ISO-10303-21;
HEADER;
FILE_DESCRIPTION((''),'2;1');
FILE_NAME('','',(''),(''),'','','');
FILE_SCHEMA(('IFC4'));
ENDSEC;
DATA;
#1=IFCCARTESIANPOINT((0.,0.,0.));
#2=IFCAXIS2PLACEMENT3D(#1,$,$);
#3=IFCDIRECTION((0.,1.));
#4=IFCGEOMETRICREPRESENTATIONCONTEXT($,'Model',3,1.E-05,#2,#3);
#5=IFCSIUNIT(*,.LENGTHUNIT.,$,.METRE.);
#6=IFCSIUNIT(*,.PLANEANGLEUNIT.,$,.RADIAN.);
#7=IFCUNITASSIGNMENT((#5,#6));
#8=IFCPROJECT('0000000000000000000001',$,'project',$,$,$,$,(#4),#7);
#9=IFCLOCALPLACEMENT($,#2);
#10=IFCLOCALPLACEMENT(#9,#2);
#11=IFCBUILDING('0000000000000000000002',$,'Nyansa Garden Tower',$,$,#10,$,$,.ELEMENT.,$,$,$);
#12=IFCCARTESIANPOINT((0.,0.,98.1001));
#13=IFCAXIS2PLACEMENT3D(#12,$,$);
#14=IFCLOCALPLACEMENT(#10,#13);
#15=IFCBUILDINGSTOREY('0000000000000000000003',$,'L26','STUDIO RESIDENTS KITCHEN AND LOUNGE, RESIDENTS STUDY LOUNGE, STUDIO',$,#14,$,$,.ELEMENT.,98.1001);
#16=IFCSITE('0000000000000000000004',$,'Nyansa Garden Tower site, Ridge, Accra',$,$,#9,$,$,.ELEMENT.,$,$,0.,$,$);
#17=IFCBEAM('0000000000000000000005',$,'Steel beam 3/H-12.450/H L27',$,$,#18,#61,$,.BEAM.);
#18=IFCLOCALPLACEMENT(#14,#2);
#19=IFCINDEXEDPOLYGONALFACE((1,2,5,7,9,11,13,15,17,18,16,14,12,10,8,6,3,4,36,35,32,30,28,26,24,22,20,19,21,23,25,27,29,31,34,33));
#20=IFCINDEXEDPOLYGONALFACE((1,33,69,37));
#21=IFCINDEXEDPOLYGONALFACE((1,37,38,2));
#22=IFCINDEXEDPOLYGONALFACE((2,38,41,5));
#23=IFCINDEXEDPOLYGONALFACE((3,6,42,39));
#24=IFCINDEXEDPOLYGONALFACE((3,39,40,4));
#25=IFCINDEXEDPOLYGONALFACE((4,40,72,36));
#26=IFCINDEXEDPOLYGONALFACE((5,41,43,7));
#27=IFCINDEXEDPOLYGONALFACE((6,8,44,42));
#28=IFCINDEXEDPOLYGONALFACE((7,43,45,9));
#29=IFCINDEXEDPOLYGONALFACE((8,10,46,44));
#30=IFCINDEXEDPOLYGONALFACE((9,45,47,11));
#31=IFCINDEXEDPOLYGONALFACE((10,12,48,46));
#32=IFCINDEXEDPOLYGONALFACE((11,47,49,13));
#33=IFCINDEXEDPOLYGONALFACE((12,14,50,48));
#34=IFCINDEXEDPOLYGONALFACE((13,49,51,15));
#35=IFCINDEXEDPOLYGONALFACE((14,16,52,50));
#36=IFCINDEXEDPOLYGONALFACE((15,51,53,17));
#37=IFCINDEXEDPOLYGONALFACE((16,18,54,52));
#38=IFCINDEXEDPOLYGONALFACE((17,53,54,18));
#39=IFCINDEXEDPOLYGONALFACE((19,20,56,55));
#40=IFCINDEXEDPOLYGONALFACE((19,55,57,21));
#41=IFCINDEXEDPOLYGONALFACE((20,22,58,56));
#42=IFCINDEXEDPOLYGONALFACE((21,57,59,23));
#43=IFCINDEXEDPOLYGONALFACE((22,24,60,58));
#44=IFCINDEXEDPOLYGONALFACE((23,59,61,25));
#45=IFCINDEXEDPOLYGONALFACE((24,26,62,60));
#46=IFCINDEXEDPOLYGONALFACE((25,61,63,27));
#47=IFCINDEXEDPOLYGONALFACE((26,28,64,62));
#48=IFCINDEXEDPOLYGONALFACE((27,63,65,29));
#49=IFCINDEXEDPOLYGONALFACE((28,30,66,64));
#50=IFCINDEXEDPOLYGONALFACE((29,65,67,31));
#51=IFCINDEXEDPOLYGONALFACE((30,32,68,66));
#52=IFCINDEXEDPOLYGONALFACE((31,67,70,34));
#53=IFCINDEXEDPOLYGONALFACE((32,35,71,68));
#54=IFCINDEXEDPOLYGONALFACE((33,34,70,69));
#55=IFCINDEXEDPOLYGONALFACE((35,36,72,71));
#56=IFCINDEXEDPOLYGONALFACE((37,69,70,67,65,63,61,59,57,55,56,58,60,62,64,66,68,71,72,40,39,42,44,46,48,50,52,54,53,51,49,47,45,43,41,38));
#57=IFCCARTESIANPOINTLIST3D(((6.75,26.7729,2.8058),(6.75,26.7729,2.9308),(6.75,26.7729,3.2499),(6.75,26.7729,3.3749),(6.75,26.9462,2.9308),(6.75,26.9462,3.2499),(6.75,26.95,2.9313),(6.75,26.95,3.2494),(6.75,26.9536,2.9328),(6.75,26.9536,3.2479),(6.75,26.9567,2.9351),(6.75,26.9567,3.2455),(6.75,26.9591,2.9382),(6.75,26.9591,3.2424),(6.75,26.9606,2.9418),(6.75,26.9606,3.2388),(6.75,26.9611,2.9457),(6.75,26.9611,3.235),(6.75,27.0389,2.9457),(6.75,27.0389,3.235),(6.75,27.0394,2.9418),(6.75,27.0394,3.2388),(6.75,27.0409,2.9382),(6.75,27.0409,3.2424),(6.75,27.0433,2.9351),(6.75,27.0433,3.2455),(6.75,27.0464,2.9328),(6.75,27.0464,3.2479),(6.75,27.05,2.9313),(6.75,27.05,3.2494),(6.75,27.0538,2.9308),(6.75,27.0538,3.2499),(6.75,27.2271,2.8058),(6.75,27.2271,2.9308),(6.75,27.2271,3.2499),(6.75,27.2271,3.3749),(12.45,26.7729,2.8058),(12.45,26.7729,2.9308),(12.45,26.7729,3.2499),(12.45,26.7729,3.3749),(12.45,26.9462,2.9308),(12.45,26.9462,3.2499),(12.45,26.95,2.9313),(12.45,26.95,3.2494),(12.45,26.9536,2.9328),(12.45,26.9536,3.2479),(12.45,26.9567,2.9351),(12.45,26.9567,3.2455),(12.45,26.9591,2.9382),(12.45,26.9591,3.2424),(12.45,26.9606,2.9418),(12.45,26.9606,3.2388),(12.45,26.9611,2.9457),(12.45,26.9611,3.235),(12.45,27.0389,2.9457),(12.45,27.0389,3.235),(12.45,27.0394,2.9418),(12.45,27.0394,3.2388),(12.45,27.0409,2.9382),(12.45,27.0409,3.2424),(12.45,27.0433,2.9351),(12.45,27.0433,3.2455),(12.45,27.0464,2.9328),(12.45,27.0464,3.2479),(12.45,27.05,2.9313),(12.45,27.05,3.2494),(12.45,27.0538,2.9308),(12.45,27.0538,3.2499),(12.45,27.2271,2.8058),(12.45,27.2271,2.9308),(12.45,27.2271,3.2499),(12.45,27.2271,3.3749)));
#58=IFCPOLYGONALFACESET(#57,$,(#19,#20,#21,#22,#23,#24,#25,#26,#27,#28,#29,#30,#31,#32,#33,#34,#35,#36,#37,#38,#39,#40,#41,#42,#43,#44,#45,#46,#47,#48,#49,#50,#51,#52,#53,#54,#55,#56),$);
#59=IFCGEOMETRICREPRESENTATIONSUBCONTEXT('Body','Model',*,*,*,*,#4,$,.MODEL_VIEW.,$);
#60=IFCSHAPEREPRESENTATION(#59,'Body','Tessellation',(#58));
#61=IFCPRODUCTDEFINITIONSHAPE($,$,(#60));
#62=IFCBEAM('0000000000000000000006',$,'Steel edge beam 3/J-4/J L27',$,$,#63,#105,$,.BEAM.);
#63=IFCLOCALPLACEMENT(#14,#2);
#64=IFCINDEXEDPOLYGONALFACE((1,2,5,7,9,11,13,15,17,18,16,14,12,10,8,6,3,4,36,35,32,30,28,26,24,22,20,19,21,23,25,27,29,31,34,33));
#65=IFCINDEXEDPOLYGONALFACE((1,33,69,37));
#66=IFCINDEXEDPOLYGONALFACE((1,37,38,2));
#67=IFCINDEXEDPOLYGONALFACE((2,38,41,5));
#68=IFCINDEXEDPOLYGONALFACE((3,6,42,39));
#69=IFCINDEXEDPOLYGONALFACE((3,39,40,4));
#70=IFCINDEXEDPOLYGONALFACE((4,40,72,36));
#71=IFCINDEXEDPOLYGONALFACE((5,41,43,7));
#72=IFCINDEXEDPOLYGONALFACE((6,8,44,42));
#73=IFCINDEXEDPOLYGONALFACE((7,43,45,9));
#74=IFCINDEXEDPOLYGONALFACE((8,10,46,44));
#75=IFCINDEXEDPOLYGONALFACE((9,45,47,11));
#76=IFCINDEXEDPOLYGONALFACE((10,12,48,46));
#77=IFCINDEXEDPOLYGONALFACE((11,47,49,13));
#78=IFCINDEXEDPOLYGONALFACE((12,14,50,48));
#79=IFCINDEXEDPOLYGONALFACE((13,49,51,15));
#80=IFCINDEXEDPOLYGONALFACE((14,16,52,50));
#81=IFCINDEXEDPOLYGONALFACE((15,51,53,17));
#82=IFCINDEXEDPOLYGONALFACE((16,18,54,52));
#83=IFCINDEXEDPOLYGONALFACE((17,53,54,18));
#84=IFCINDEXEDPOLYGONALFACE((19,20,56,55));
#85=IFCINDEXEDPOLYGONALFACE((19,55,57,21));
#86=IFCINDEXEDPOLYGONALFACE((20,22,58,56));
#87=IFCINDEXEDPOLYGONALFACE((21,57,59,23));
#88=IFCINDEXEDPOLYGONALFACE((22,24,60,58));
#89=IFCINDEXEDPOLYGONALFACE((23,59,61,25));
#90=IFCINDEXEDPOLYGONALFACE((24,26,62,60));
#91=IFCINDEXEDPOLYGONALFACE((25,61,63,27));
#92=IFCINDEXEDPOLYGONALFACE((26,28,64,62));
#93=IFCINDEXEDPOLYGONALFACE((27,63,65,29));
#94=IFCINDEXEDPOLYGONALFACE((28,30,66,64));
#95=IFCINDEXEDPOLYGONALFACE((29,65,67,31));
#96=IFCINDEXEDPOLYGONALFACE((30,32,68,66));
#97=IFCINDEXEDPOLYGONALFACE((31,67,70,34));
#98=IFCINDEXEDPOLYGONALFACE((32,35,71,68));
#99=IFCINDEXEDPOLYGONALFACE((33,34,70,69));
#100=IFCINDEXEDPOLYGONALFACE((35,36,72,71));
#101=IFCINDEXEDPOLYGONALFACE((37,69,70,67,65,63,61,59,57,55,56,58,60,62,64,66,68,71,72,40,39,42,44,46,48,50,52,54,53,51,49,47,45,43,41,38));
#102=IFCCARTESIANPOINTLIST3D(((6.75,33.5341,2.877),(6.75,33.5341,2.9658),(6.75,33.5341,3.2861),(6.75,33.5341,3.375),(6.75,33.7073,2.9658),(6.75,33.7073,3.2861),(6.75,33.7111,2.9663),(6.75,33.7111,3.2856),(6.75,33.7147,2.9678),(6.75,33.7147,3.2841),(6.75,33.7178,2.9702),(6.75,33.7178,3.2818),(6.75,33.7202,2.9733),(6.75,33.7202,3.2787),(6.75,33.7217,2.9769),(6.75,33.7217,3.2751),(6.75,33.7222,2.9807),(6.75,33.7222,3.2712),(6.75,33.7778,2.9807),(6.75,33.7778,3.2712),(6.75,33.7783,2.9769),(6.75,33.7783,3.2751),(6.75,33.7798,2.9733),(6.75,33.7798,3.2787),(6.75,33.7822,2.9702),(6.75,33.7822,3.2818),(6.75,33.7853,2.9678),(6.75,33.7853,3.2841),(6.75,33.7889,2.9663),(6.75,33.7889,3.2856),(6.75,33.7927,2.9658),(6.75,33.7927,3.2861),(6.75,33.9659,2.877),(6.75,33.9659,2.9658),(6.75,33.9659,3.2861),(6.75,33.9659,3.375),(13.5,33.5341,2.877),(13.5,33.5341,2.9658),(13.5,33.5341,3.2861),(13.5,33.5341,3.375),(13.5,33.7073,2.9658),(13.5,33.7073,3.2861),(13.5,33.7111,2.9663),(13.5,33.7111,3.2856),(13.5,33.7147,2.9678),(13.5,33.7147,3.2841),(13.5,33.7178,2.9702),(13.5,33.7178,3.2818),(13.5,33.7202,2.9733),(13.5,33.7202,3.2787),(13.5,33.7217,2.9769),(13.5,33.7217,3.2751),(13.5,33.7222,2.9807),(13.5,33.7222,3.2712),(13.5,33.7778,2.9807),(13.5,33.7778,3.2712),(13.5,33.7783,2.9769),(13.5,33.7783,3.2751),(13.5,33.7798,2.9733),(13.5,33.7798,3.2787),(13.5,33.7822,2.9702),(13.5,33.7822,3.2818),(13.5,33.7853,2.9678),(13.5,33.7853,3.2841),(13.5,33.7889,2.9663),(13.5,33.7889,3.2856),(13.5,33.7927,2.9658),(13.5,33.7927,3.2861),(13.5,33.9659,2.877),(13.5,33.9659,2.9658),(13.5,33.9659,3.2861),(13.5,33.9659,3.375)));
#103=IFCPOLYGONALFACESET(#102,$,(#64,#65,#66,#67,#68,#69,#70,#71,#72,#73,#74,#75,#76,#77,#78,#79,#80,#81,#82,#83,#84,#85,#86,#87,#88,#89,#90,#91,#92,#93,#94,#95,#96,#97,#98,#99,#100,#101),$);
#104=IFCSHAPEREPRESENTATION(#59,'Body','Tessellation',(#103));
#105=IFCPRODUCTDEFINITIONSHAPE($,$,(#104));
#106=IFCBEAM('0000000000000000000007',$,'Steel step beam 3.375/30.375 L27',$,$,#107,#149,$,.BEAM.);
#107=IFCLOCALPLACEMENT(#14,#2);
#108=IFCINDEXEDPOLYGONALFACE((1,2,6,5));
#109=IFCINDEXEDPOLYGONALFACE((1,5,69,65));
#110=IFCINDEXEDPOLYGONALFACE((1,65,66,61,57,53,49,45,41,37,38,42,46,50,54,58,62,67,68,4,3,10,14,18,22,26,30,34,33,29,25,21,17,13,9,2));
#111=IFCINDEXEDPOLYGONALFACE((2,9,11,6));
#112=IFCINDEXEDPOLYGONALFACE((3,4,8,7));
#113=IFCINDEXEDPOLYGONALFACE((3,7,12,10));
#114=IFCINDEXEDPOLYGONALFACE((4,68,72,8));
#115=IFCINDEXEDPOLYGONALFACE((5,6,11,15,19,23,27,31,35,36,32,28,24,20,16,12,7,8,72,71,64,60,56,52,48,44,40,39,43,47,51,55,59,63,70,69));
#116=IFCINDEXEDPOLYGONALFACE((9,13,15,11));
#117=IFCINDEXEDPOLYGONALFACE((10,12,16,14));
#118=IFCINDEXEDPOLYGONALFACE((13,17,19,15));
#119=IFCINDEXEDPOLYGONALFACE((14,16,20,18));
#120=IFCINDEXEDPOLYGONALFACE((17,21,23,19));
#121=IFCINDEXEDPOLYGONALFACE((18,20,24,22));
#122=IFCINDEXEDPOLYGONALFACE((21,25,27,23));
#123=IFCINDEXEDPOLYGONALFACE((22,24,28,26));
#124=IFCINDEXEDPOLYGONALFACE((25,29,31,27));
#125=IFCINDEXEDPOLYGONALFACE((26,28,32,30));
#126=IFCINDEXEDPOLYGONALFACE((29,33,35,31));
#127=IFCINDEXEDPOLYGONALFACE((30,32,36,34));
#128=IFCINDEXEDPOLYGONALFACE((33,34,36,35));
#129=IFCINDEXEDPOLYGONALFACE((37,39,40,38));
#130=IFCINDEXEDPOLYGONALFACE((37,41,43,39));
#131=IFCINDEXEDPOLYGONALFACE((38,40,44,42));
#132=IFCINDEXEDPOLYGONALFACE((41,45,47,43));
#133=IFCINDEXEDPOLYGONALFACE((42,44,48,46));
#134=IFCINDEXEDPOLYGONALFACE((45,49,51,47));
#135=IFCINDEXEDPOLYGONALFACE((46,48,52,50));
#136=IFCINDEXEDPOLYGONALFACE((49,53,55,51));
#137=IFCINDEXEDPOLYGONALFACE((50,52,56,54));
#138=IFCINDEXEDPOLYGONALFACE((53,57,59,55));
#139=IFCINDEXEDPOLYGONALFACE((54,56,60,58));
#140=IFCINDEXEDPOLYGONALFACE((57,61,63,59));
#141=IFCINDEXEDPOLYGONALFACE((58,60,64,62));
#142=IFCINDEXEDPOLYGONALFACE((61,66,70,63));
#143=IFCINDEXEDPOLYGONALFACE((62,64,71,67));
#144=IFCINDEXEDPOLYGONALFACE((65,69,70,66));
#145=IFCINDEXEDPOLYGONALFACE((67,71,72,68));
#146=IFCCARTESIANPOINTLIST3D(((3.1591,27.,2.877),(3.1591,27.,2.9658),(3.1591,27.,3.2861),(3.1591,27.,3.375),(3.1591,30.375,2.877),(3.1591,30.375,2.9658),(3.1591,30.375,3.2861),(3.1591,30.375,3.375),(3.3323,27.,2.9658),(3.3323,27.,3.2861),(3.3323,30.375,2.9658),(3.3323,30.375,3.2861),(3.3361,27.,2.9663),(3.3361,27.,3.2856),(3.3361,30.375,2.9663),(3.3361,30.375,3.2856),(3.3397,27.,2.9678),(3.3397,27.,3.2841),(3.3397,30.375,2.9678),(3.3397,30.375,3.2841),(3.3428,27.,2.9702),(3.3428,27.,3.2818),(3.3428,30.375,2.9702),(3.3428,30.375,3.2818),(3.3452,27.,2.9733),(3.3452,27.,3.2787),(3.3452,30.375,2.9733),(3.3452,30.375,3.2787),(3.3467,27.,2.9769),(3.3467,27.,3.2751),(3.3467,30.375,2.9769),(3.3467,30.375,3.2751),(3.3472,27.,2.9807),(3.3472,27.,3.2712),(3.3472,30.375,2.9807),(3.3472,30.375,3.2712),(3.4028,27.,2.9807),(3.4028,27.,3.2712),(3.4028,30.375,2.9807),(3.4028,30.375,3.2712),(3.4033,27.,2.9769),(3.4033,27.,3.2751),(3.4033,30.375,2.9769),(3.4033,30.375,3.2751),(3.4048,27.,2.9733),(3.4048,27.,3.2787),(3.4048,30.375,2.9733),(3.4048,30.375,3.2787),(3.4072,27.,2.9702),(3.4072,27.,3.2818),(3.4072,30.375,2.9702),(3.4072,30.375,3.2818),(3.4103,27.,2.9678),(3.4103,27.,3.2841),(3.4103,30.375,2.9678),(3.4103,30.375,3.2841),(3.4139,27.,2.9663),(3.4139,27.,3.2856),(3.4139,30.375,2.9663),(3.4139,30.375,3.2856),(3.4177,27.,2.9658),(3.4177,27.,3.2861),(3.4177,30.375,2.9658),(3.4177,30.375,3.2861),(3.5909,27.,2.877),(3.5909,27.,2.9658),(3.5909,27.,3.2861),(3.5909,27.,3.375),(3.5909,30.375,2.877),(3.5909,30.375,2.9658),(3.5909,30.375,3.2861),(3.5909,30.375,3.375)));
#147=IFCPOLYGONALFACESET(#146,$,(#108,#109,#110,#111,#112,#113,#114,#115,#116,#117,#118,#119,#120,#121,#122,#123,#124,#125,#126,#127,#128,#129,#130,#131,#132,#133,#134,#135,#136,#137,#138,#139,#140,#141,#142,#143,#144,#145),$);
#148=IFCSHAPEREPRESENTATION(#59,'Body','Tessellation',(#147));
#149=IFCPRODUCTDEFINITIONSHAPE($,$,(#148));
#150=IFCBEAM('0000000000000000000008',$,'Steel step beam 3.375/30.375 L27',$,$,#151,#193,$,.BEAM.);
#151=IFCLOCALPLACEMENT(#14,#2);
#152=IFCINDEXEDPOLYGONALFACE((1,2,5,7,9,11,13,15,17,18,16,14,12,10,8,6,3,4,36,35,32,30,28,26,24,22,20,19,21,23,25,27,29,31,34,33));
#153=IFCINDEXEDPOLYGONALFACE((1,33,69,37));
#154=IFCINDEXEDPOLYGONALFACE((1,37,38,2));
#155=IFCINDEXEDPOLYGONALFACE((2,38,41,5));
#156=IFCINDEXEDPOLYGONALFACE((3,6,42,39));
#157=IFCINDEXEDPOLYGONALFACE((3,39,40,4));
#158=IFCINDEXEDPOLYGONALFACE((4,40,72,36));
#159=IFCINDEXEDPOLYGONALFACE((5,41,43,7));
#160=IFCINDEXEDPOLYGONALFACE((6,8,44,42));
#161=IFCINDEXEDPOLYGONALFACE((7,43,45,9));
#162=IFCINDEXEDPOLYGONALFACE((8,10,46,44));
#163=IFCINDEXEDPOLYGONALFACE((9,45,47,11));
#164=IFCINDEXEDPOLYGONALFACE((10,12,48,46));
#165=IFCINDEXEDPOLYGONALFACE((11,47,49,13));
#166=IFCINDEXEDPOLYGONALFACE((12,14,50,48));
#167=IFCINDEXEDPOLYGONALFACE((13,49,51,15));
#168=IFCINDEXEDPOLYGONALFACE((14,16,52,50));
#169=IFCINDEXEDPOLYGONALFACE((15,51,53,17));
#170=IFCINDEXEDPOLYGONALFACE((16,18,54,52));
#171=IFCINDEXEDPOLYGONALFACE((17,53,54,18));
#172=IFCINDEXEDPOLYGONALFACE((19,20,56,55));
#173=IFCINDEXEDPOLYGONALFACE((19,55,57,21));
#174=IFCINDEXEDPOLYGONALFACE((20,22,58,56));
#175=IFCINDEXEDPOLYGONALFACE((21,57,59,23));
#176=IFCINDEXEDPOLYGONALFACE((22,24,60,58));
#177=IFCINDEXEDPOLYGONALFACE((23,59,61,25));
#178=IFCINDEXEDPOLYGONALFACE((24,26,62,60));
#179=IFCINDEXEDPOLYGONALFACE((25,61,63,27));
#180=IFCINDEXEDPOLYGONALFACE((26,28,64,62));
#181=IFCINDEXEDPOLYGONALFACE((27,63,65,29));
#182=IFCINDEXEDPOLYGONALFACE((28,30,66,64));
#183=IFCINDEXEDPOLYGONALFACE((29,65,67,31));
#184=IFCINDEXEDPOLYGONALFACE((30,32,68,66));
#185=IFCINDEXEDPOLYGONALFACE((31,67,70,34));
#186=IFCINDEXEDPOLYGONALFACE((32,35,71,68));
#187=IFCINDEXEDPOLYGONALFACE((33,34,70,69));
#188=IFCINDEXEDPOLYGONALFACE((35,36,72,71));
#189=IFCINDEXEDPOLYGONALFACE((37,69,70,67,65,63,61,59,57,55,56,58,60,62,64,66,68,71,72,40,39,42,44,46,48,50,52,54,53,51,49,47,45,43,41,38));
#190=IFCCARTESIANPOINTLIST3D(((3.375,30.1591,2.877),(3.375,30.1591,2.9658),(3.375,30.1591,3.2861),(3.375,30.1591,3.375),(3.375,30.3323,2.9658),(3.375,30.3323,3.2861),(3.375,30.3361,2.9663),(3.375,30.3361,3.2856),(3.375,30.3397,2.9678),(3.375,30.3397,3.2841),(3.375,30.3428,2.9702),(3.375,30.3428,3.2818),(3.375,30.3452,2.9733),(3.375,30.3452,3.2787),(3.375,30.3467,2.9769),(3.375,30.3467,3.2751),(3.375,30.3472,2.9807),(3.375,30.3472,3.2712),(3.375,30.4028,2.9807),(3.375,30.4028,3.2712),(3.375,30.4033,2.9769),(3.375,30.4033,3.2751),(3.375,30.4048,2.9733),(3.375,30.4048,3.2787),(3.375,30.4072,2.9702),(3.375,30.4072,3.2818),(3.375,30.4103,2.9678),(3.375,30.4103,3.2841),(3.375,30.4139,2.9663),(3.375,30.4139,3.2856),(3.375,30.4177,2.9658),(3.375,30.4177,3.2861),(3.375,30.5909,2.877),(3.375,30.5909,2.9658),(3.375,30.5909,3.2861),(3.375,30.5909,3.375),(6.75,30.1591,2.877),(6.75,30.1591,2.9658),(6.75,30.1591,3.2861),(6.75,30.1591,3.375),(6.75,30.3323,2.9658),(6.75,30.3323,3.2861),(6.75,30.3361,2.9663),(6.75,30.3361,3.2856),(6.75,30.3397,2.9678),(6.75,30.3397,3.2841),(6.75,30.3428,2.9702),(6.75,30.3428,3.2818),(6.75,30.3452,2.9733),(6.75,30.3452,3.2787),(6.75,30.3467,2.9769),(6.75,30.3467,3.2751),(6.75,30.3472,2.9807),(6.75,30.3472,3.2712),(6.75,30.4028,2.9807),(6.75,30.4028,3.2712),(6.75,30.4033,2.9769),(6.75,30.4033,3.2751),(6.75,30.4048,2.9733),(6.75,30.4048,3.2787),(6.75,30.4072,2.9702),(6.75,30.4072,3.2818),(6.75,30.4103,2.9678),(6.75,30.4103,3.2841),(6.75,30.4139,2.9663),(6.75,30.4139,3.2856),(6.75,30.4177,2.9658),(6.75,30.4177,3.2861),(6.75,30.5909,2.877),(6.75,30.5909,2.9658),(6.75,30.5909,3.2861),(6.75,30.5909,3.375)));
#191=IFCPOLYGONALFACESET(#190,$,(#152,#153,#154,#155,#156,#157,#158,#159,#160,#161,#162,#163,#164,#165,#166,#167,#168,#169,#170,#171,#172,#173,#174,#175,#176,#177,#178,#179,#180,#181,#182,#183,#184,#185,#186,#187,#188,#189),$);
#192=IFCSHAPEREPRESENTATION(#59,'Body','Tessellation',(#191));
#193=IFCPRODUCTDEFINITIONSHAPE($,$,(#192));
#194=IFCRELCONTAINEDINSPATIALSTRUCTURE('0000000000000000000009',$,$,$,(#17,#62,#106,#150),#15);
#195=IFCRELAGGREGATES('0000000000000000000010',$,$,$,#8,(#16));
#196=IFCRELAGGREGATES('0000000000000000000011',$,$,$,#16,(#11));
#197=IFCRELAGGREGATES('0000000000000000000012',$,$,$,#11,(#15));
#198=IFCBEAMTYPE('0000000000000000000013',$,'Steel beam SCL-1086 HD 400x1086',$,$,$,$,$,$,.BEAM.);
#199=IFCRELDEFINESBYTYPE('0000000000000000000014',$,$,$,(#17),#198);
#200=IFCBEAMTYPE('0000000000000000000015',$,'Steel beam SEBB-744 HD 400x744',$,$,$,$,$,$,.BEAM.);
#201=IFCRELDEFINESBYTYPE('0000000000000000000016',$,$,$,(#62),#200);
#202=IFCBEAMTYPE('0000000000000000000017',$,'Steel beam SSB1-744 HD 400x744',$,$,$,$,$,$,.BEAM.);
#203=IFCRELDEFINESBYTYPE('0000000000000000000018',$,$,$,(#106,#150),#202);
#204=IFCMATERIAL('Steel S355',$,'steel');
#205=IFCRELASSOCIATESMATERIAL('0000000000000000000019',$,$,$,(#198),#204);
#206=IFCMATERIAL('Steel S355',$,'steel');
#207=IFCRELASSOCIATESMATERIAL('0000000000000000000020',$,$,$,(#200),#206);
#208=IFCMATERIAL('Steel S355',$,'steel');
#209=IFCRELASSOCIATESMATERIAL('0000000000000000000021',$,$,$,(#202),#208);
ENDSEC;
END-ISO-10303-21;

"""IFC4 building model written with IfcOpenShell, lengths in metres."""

from ifc_helpers import new_model, si_unit, direction, frame, origin, origin_2d, place, context, subcontext, project, spatial, i_section, extrude, material, material_profile, profile_set, type_object, element, save


model = new_model("IFC4")

# Units and contexts
model_context = context("Model", 3, precision=1e-05, world=origin(), true_north=direction((0.0, 1.0)))
body_context = subcontext(model_context, "Body", "Model", "MODEL_VIEW")
ifc_project = project(units=[si_unit("LENGTHUNIT", "METRE"), si_unit("PLANEANGLEUNIT", "RADIAN")], contexts=[model_context])

# Site, building, storey
site_placement = place(None, origin())
site = spatial("IfcSite", under=ifc_project, at=site_placement, Name="Nyansa Garden Tower site, Ridge, Accra", CompositionType="ELEMENT", RefElevation=0.0)
building_placement = place(site_placement, origin())
building = spatial("IfcBuilding", under=site, at=building_placement, Name="Nyansa Garden Tower", CompositionType="ELEMENT")
storey_placement = place(building_placement, frame((0.0, 0.0, 98.1001)))
storey = spatial("IfcBuildingStorey", under=building, at=storey_placement, Name="L26", Description="STUDIO RESIDENTS KITCHEN AND LOUNGE, RESIDENTS STUDY LOUNGE, STUDIO", CompositionType="ELEMENT", Elevation=98.1001)

# Beams
ifc_material_1 = material(Name="Steel S355", Category="steel")
ifc_material_profile_1 = material_profile(ifc_material_1, i_section(OverallWidth=0.4541, OverallDepth=0.5691, WebThickness=0.0779, FlangeThickness=0.125, FilletRadius=0.0149, at=origin_2d()), Name="HD 400x1086")
ifc_profile_set_1 = profile_set([ifc_material_profile_1], Name="Steel S355")
beam_type_1 = type_object("IfcBeamType", Name="Steel beam SCL-1086 HD 400x1086", PredefinedType="BEAM", material=ifc_profile_set_1)
beam_1_placement = place(storey_placement, frame((6.75, 27.0, 3.0903), z_axis=(1.0, 0.0, 0.0), x_axis=(0.0, 1.0, 0.0)))
element("IfcBeam", 1, at=beam_1_placement, inside=storey, type_object=beam_type_1, Name="Steel beam 3/H-12.450/H L27", PredefinedType="BEAM", context=body_context, shape_type="SweptSolid", body=[
    extrude(i_section(OverallWidth=0.4541, OverallDepth=0.5691, WebThickness=0.0779, FlangeThickness=0.125, FilletRadius=0.0149, at=origin_2d()), origin(), (0.0, 0.0, 1.0), 5.7),
])
ifc_material_2 = material(Name="Steel S355", Category="steel")
ifc_material_profile_2 = material_profile(ifc_material_2, i_section(OverallWidth=0.4319, OverallDepth=0.498, WebThickness=0.0557, FlangeThickness=0.0889, FilletRadius=0.0149, at=origin_2d()), Name="HD 400x744")
ifc_profile_set_2 = profile_set([ifc_material_profile_2], Name="Steel S355")
beam_type_2 = type_object("IfcBeamType", Name="Steel beam SEBB-744 HD 400x744", PredefinedType="BEAM", material=ifc_profile_set_2)
beam_2_placement = place(storey_placement, frame((6.75, 33.75, 3.126), z_axis=(1.0, 0.0, 0.0), x_axis=(0.0, 1.0, 0.0)))
element("IfcBeam", 2, at=beam_2_placement, inside=storey, type_object=beam_type_2, Name="Steel edge beam 3/J-4/J L27", PredefinedType="BEAM", context=body_context, shape_type="SweptSolid", body=[
    extrude(i_section(OverallWidth=0.4319, OverallDepth=0.498, WebThickness=0.0557, FlangeThickness=0.0889, FilletRadius=0.0149, at=origin_2d()), origin(), (0.0, 0.0, 1.0), 6.75),
])
ifc_material_3 = material(Name="Steel S355", Category="steel")
ifc_material_profile_3 = material_profile(ifc_material_3, i_section(OverallWidth=0.4319, OverallDepth=0.498, WebThickness=0.0557, FlangeThickness=0.0889, FilletRadius=0.0149, at=origin_2d()), Name="HD 400x744")
ifc_profile_set_3 = profile_set([ifc_material_profile_3], Name="Steel S355")
beam_type_3 = type_object("IfcBeamType", Name="Steel beam SSB1-744 HD 400x744", PredefinedType="BEAM", material=ifc_profile_set_3)
for number, where, z_axis, x_axis, name in (
    (3, (3.375, 30.375, 3.126), (0.0, -1.0, 0.0), (1.0, 0.0, 0.0), "Steel step beam 3.375/30.375 L27"),
    (4, (3.375, 30.375, 3.126), (1.0, 0.0, 0.0), (0.0, 1.0, 0.0), "Steel step beam 3.375/30.375 L27"),
):
    element("IfcBeam", number, at=place(storey_placement, frame(where, z_axis=z_axis, x_axis=x_axis)), inside=storey, type_object=beam_type_3, Name=name, PredefinedType="BEAM", context=body_context, shape_type="SweptSolid", body=[
        extrude(i_section(OverallWidth=0.4319, OverallDepth=0.498, WebThickness=0.0557, FlangeThickness=0.0889, FilletRadius=0.0149, at=origin_2d()), origin(), (0.0, 0.0, 1.0), 3.375),
    ])

save(model, "model.ifc")
